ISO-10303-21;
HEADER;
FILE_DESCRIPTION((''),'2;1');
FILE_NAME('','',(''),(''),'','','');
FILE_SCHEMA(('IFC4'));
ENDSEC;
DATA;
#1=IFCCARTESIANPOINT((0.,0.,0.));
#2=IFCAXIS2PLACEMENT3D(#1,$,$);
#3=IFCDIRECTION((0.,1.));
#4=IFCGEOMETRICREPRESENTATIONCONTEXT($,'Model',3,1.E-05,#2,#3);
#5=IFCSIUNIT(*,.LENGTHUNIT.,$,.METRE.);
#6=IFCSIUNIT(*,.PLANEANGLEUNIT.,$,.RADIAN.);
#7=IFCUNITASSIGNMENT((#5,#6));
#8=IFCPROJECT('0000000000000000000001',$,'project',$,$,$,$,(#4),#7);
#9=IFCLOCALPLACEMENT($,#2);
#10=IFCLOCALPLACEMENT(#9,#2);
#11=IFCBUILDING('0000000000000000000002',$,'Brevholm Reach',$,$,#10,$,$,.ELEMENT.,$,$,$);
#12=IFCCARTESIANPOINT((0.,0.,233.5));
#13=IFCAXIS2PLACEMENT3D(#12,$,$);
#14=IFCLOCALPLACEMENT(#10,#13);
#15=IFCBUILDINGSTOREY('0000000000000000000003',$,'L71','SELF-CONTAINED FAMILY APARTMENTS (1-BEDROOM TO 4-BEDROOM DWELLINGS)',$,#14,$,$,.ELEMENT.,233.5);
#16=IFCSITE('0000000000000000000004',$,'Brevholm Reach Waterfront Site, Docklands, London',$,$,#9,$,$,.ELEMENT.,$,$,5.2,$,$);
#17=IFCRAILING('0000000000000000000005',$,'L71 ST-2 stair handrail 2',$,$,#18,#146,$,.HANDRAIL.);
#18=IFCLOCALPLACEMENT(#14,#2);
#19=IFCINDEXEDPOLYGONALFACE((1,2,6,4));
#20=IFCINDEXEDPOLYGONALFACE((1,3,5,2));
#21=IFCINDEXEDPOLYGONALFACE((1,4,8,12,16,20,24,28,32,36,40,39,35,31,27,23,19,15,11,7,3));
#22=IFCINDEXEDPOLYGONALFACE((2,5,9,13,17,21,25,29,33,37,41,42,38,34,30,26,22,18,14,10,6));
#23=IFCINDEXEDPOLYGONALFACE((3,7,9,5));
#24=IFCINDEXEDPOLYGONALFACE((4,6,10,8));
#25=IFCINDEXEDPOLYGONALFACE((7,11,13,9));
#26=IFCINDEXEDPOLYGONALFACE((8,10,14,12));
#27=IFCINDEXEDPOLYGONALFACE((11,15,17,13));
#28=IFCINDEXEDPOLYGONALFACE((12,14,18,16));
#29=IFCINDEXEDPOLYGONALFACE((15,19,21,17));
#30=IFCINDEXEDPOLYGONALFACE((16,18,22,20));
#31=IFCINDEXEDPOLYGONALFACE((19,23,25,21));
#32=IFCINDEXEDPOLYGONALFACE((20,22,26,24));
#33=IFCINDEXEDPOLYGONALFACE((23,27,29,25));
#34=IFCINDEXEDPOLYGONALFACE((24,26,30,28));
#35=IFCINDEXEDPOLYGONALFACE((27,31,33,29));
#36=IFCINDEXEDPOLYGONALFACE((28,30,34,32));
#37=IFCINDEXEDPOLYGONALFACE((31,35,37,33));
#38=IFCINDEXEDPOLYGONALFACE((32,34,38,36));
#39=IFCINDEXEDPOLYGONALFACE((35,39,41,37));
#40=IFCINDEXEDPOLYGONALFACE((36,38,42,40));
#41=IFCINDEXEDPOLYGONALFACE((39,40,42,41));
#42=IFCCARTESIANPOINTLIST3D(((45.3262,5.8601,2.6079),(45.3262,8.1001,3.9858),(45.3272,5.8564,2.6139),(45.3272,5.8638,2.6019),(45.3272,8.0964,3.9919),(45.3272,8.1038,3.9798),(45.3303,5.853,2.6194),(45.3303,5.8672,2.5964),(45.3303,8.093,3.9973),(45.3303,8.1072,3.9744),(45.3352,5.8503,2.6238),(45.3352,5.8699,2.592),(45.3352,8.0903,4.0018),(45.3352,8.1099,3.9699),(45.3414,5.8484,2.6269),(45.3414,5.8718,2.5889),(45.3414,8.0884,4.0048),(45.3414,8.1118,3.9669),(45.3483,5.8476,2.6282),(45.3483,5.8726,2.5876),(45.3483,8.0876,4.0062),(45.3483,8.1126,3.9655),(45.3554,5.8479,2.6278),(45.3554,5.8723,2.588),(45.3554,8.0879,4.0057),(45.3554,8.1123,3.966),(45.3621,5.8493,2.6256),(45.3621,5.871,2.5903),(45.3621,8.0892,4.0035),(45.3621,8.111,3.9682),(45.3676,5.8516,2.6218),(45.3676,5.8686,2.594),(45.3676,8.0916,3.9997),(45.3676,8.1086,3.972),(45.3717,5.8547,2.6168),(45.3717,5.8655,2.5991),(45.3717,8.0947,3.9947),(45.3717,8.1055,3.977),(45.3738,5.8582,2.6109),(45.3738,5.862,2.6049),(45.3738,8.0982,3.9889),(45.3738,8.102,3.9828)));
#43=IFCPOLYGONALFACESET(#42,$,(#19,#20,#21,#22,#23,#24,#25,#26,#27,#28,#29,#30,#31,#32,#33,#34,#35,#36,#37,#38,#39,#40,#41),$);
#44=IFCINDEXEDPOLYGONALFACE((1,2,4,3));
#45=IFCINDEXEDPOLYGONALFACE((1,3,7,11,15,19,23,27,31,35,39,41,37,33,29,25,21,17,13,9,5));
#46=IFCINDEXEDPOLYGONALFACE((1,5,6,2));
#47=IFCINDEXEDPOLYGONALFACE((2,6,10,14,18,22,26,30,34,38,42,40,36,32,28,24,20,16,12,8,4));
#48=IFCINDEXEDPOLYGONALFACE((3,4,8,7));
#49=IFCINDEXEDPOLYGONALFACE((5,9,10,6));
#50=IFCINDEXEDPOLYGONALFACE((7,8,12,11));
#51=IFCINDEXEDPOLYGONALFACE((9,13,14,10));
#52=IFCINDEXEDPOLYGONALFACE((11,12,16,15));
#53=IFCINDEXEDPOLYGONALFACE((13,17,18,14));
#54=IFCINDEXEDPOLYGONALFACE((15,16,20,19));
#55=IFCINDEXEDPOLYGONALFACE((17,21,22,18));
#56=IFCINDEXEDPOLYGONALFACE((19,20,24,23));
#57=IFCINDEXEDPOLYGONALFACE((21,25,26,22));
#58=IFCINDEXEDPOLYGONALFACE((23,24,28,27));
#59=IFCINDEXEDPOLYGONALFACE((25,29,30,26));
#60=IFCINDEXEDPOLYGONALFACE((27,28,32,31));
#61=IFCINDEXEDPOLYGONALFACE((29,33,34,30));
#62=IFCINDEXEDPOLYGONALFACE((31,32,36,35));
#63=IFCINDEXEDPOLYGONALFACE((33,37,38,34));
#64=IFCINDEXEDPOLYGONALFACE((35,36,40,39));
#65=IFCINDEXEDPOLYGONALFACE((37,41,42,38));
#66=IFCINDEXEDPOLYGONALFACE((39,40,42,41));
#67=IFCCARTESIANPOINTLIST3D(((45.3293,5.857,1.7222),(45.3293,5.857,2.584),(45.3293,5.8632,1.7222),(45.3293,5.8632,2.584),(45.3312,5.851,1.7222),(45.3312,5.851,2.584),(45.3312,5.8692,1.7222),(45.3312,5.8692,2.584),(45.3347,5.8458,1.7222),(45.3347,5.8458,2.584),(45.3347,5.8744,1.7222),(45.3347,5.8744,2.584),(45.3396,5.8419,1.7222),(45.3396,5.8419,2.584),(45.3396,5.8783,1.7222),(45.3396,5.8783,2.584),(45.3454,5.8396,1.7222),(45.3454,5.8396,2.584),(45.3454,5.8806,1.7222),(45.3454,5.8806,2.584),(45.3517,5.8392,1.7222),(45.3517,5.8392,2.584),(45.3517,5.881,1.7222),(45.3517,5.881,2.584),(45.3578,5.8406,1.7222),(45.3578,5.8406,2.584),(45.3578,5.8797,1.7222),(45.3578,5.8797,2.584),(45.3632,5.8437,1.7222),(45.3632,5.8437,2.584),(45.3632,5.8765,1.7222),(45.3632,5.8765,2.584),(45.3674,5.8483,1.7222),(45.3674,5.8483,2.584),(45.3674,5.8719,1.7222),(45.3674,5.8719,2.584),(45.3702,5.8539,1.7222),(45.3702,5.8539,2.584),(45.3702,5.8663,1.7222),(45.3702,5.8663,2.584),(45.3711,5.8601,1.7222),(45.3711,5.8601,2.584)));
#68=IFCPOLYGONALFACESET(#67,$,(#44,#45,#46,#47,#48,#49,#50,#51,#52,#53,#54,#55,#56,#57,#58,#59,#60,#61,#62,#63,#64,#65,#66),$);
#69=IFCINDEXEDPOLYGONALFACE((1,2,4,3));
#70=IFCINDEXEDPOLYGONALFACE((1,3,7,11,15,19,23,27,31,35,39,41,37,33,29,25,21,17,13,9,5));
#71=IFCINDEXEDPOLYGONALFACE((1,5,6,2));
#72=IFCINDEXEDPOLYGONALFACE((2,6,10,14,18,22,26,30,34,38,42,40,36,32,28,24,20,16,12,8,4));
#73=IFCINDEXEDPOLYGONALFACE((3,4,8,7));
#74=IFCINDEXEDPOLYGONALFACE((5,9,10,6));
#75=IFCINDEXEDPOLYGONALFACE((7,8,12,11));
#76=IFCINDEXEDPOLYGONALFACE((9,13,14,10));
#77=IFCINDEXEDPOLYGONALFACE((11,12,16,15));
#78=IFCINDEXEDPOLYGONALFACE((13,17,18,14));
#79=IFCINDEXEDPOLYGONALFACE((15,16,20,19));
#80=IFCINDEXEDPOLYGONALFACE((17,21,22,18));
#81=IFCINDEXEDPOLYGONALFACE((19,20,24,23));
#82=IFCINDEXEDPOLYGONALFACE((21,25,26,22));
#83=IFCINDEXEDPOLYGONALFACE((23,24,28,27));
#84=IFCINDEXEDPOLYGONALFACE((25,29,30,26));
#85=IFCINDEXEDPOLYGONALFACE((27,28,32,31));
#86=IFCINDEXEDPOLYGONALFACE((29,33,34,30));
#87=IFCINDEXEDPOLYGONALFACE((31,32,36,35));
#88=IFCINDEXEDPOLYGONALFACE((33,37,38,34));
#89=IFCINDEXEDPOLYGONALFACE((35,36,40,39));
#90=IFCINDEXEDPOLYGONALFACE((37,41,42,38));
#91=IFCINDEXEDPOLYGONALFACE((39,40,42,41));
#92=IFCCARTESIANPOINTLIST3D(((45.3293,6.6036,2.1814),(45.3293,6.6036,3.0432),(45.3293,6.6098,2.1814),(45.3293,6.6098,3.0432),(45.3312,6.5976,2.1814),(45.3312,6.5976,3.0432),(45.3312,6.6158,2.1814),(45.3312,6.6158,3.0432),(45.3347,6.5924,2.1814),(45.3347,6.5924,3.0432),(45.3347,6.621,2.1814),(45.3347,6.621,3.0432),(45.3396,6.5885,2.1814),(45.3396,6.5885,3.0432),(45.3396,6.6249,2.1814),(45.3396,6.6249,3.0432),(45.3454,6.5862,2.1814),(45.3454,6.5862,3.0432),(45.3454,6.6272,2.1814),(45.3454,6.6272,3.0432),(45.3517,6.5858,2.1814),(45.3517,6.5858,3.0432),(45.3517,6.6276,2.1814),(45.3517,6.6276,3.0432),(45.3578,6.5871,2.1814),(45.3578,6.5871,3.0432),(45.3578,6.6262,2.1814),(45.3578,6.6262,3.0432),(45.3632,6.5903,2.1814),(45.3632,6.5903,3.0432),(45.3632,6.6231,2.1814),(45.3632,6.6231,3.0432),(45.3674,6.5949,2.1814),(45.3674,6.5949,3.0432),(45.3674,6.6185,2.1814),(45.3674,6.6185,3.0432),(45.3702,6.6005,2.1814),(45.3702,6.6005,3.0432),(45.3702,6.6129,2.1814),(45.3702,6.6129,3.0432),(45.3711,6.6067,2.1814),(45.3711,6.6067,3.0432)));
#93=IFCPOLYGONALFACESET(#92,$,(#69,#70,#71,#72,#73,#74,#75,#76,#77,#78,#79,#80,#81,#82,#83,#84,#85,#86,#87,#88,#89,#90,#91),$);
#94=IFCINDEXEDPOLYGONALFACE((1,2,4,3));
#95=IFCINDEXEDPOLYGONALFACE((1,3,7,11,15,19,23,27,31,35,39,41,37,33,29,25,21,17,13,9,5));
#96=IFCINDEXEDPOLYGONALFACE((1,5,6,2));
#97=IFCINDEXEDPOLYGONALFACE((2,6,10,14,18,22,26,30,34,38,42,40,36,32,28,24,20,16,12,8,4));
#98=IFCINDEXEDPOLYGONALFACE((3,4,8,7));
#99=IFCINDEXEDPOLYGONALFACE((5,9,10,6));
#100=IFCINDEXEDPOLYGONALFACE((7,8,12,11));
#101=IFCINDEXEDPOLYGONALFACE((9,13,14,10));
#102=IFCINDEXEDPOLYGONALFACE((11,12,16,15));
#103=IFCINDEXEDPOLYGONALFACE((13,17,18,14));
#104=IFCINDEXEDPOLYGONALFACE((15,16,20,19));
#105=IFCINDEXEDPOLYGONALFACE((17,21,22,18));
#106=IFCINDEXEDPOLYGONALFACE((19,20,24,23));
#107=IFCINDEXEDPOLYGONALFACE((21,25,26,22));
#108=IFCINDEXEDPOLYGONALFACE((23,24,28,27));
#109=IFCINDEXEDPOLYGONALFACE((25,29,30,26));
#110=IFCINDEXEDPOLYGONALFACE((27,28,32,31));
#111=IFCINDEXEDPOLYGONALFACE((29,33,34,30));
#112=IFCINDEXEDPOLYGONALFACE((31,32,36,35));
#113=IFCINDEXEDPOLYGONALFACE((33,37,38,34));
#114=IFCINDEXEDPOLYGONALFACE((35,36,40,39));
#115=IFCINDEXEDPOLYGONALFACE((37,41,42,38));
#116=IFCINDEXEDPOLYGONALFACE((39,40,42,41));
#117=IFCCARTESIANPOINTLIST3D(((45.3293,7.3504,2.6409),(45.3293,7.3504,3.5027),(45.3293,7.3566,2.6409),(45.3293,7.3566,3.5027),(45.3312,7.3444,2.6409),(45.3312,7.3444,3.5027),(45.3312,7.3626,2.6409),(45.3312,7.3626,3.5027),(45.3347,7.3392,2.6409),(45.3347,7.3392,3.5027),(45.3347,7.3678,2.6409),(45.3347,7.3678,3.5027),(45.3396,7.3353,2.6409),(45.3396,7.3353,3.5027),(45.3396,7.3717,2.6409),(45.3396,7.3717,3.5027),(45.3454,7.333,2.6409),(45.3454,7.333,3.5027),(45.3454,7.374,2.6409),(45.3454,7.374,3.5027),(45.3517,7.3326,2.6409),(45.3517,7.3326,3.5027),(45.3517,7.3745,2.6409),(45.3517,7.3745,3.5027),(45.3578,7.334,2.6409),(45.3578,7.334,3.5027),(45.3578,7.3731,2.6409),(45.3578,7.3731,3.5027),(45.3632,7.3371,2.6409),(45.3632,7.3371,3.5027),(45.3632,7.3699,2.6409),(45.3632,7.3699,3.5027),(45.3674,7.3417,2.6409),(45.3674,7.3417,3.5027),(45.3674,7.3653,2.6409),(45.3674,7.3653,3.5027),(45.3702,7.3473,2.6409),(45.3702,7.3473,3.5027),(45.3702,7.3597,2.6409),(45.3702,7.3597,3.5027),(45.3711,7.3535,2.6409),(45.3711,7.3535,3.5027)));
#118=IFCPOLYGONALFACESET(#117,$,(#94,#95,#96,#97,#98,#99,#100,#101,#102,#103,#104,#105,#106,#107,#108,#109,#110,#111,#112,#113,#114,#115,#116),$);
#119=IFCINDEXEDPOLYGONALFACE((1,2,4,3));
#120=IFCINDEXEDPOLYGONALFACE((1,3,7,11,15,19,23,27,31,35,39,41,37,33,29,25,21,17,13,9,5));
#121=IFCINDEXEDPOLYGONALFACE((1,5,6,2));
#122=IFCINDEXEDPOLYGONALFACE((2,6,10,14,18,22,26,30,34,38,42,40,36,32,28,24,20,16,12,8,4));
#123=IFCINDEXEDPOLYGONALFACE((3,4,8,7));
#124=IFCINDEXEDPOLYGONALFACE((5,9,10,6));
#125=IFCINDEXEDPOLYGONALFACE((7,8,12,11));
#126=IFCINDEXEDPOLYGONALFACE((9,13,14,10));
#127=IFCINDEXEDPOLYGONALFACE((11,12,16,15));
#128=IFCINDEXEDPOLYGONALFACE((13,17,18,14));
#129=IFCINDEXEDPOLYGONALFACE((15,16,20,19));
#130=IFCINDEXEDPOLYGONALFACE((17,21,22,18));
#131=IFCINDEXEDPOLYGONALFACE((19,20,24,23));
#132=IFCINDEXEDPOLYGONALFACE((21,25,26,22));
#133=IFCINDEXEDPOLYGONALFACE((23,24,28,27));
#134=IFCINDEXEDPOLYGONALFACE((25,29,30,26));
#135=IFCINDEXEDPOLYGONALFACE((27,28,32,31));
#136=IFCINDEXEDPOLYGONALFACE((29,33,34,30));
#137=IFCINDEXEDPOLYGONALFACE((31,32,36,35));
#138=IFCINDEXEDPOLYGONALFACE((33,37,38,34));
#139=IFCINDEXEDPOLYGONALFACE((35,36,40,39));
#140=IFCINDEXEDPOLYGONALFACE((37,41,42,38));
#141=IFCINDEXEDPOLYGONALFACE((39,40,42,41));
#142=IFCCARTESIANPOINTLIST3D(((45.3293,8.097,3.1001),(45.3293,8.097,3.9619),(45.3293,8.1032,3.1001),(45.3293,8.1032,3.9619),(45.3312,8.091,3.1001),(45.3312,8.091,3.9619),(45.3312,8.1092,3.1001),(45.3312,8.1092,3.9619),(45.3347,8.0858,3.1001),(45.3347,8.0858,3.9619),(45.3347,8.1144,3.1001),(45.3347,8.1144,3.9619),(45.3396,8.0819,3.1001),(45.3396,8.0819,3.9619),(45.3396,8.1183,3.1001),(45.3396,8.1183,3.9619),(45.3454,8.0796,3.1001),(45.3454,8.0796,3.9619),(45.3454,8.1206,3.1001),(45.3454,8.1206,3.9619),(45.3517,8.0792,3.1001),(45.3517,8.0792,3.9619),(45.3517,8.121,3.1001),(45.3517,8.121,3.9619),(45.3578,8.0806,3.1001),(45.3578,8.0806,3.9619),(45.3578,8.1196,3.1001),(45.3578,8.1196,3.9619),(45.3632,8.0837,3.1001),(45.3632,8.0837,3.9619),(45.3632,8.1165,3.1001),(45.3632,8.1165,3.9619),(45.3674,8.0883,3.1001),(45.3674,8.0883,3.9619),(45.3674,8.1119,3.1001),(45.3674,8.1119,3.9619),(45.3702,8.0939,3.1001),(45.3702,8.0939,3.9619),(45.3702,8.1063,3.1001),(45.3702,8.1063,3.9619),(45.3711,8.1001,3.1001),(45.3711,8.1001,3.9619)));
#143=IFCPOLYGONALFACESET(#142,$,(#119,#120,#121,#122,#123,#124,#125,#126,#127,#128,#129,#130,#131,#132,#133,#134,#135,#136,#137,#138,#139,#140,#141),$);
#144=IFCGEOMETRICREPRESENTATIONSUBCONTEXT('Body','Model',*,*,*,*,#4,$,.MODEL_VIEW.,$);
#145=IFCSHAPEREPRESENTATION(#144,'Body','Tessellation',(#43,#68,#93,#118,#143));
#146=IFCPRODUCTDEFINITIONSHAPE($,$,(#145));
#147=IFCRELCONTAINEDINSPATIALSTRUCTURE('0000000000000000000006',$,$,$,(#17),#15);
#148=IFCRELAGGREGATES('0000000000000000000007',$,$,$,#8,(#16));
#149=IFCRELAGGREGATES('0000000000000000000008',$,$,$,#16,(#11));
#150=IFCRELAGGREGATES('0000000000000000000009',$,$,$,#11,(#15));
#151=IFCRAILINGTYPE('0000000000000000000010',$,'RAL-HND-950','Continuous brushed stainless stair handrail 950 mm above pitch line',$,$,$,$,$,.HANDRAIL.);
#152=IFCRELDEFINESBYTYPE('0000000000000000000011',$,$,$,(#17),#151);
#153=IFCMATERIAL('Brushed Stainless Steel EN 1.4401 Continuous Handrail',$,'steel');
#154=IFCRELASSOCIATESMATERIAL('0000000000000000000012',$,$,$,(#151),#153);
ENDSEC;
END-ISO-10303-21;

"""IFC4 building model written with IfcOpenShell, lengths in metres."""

from ifc_helpers import new_model, si_unit, direction, frame, origin, origin_2d, place, context, subcontext, project, spatial, circle, extrude, material, type_object, element, save


model = new_model("IFC4")

# Units and contexts
model_context = context("Model", 3, precision=1e-05, world=origin(), true_north=direction((0.0, 1.0)))
body_context = subcontext(model_context, "Body", "Model", "MODEL_VIEW")
ifc_project = project(units=[si_unit("LENGTHUNIT", "METRE"), si_unit("PLANEANGLEUNIT", "RADIAN")], contexts=[model_context])

# Site, building, storey
site_placement = place(None, origin())
site = spatial("IfcSite", under=ifc_project, at=site_placement, Name="Brevholm Reach Waterfront Site, Docklands, London", CompositionType="ELEMENT", RefElevation=5.2)
building_placement = place(site_placement, origin())
building = spatial("IfcBuilding", under=site, at=building_placement, Name="Brevholm Reach", CompositionType="ELEMENT")
storey_placement = place(building_placement, frame((0.0, 0.0, 233.5)))
storey = spatial("IfcBuildingStorey", under=building, at=storey_placement, Name="L71", Description="SELF-CONTAINED FAMILY APARTMENTS (1-BEDROOM TO 4-BEDROOM DWELLINGS)", CompositionType="ELEMENT", Elevation=233.5)

# Railing
ifc_material_1 = material(Name="Brushed Stainless Steel EN 1.4401 Continuous Handrail", Category="steel")
railing_type_1 = type_object("IfcRailingType", Name="RAL-HND-950", Description="Continuous brushed stainless stair handrail 950 mm above pitch line", PredefinedType="HANDRAIL", material=ifc_material_1)
railing_1_placement = place(storey_placement, frame((45.3501, 5.8601, 1.7222)))
element("IfcRailing", 1, at=railing_1_placement, inside=storey, type_object=railing_type_1, Name="L71 ST-2 stair handrail 2", PredefinedType="HANDRAIL", context=body_context, shape_type="SweptSolid", body=[
    extrude(circle(Radius=0.0239, at=origin_2d()), frame((0.0, 0.0, 0.8857), z_axis=(0.0, 0.851748, 0.523952), x_axis=(-1.0, 0.0, 0.0)), (0.0, 0.0, 1.0), 2.6299),
    extrude(circle(Radius=0.021, at=origin_2d()), origin(), (0.0, 0.0, 1.0), 0.8618),
    extrude(circle(Radius=0.021, at=origin_2d()), frame((0.0, 0.7466, 0.4592)), (0.0, 0.0, 1.0), 0.8618),
    extrude(circle(Radius=0.021, at=origin_2d()), frame((0.0, 1.4934, 0.9187)), (0.0, 0.0, 1.0), 0.8618),
    extrude(circle(Radius=0.021, at=origin_2d()), frame((0.0, 2.24, 1.3779)), (0.0, 0.0, 1.0), 0.8618),
])

save(model, "model.ifc")
